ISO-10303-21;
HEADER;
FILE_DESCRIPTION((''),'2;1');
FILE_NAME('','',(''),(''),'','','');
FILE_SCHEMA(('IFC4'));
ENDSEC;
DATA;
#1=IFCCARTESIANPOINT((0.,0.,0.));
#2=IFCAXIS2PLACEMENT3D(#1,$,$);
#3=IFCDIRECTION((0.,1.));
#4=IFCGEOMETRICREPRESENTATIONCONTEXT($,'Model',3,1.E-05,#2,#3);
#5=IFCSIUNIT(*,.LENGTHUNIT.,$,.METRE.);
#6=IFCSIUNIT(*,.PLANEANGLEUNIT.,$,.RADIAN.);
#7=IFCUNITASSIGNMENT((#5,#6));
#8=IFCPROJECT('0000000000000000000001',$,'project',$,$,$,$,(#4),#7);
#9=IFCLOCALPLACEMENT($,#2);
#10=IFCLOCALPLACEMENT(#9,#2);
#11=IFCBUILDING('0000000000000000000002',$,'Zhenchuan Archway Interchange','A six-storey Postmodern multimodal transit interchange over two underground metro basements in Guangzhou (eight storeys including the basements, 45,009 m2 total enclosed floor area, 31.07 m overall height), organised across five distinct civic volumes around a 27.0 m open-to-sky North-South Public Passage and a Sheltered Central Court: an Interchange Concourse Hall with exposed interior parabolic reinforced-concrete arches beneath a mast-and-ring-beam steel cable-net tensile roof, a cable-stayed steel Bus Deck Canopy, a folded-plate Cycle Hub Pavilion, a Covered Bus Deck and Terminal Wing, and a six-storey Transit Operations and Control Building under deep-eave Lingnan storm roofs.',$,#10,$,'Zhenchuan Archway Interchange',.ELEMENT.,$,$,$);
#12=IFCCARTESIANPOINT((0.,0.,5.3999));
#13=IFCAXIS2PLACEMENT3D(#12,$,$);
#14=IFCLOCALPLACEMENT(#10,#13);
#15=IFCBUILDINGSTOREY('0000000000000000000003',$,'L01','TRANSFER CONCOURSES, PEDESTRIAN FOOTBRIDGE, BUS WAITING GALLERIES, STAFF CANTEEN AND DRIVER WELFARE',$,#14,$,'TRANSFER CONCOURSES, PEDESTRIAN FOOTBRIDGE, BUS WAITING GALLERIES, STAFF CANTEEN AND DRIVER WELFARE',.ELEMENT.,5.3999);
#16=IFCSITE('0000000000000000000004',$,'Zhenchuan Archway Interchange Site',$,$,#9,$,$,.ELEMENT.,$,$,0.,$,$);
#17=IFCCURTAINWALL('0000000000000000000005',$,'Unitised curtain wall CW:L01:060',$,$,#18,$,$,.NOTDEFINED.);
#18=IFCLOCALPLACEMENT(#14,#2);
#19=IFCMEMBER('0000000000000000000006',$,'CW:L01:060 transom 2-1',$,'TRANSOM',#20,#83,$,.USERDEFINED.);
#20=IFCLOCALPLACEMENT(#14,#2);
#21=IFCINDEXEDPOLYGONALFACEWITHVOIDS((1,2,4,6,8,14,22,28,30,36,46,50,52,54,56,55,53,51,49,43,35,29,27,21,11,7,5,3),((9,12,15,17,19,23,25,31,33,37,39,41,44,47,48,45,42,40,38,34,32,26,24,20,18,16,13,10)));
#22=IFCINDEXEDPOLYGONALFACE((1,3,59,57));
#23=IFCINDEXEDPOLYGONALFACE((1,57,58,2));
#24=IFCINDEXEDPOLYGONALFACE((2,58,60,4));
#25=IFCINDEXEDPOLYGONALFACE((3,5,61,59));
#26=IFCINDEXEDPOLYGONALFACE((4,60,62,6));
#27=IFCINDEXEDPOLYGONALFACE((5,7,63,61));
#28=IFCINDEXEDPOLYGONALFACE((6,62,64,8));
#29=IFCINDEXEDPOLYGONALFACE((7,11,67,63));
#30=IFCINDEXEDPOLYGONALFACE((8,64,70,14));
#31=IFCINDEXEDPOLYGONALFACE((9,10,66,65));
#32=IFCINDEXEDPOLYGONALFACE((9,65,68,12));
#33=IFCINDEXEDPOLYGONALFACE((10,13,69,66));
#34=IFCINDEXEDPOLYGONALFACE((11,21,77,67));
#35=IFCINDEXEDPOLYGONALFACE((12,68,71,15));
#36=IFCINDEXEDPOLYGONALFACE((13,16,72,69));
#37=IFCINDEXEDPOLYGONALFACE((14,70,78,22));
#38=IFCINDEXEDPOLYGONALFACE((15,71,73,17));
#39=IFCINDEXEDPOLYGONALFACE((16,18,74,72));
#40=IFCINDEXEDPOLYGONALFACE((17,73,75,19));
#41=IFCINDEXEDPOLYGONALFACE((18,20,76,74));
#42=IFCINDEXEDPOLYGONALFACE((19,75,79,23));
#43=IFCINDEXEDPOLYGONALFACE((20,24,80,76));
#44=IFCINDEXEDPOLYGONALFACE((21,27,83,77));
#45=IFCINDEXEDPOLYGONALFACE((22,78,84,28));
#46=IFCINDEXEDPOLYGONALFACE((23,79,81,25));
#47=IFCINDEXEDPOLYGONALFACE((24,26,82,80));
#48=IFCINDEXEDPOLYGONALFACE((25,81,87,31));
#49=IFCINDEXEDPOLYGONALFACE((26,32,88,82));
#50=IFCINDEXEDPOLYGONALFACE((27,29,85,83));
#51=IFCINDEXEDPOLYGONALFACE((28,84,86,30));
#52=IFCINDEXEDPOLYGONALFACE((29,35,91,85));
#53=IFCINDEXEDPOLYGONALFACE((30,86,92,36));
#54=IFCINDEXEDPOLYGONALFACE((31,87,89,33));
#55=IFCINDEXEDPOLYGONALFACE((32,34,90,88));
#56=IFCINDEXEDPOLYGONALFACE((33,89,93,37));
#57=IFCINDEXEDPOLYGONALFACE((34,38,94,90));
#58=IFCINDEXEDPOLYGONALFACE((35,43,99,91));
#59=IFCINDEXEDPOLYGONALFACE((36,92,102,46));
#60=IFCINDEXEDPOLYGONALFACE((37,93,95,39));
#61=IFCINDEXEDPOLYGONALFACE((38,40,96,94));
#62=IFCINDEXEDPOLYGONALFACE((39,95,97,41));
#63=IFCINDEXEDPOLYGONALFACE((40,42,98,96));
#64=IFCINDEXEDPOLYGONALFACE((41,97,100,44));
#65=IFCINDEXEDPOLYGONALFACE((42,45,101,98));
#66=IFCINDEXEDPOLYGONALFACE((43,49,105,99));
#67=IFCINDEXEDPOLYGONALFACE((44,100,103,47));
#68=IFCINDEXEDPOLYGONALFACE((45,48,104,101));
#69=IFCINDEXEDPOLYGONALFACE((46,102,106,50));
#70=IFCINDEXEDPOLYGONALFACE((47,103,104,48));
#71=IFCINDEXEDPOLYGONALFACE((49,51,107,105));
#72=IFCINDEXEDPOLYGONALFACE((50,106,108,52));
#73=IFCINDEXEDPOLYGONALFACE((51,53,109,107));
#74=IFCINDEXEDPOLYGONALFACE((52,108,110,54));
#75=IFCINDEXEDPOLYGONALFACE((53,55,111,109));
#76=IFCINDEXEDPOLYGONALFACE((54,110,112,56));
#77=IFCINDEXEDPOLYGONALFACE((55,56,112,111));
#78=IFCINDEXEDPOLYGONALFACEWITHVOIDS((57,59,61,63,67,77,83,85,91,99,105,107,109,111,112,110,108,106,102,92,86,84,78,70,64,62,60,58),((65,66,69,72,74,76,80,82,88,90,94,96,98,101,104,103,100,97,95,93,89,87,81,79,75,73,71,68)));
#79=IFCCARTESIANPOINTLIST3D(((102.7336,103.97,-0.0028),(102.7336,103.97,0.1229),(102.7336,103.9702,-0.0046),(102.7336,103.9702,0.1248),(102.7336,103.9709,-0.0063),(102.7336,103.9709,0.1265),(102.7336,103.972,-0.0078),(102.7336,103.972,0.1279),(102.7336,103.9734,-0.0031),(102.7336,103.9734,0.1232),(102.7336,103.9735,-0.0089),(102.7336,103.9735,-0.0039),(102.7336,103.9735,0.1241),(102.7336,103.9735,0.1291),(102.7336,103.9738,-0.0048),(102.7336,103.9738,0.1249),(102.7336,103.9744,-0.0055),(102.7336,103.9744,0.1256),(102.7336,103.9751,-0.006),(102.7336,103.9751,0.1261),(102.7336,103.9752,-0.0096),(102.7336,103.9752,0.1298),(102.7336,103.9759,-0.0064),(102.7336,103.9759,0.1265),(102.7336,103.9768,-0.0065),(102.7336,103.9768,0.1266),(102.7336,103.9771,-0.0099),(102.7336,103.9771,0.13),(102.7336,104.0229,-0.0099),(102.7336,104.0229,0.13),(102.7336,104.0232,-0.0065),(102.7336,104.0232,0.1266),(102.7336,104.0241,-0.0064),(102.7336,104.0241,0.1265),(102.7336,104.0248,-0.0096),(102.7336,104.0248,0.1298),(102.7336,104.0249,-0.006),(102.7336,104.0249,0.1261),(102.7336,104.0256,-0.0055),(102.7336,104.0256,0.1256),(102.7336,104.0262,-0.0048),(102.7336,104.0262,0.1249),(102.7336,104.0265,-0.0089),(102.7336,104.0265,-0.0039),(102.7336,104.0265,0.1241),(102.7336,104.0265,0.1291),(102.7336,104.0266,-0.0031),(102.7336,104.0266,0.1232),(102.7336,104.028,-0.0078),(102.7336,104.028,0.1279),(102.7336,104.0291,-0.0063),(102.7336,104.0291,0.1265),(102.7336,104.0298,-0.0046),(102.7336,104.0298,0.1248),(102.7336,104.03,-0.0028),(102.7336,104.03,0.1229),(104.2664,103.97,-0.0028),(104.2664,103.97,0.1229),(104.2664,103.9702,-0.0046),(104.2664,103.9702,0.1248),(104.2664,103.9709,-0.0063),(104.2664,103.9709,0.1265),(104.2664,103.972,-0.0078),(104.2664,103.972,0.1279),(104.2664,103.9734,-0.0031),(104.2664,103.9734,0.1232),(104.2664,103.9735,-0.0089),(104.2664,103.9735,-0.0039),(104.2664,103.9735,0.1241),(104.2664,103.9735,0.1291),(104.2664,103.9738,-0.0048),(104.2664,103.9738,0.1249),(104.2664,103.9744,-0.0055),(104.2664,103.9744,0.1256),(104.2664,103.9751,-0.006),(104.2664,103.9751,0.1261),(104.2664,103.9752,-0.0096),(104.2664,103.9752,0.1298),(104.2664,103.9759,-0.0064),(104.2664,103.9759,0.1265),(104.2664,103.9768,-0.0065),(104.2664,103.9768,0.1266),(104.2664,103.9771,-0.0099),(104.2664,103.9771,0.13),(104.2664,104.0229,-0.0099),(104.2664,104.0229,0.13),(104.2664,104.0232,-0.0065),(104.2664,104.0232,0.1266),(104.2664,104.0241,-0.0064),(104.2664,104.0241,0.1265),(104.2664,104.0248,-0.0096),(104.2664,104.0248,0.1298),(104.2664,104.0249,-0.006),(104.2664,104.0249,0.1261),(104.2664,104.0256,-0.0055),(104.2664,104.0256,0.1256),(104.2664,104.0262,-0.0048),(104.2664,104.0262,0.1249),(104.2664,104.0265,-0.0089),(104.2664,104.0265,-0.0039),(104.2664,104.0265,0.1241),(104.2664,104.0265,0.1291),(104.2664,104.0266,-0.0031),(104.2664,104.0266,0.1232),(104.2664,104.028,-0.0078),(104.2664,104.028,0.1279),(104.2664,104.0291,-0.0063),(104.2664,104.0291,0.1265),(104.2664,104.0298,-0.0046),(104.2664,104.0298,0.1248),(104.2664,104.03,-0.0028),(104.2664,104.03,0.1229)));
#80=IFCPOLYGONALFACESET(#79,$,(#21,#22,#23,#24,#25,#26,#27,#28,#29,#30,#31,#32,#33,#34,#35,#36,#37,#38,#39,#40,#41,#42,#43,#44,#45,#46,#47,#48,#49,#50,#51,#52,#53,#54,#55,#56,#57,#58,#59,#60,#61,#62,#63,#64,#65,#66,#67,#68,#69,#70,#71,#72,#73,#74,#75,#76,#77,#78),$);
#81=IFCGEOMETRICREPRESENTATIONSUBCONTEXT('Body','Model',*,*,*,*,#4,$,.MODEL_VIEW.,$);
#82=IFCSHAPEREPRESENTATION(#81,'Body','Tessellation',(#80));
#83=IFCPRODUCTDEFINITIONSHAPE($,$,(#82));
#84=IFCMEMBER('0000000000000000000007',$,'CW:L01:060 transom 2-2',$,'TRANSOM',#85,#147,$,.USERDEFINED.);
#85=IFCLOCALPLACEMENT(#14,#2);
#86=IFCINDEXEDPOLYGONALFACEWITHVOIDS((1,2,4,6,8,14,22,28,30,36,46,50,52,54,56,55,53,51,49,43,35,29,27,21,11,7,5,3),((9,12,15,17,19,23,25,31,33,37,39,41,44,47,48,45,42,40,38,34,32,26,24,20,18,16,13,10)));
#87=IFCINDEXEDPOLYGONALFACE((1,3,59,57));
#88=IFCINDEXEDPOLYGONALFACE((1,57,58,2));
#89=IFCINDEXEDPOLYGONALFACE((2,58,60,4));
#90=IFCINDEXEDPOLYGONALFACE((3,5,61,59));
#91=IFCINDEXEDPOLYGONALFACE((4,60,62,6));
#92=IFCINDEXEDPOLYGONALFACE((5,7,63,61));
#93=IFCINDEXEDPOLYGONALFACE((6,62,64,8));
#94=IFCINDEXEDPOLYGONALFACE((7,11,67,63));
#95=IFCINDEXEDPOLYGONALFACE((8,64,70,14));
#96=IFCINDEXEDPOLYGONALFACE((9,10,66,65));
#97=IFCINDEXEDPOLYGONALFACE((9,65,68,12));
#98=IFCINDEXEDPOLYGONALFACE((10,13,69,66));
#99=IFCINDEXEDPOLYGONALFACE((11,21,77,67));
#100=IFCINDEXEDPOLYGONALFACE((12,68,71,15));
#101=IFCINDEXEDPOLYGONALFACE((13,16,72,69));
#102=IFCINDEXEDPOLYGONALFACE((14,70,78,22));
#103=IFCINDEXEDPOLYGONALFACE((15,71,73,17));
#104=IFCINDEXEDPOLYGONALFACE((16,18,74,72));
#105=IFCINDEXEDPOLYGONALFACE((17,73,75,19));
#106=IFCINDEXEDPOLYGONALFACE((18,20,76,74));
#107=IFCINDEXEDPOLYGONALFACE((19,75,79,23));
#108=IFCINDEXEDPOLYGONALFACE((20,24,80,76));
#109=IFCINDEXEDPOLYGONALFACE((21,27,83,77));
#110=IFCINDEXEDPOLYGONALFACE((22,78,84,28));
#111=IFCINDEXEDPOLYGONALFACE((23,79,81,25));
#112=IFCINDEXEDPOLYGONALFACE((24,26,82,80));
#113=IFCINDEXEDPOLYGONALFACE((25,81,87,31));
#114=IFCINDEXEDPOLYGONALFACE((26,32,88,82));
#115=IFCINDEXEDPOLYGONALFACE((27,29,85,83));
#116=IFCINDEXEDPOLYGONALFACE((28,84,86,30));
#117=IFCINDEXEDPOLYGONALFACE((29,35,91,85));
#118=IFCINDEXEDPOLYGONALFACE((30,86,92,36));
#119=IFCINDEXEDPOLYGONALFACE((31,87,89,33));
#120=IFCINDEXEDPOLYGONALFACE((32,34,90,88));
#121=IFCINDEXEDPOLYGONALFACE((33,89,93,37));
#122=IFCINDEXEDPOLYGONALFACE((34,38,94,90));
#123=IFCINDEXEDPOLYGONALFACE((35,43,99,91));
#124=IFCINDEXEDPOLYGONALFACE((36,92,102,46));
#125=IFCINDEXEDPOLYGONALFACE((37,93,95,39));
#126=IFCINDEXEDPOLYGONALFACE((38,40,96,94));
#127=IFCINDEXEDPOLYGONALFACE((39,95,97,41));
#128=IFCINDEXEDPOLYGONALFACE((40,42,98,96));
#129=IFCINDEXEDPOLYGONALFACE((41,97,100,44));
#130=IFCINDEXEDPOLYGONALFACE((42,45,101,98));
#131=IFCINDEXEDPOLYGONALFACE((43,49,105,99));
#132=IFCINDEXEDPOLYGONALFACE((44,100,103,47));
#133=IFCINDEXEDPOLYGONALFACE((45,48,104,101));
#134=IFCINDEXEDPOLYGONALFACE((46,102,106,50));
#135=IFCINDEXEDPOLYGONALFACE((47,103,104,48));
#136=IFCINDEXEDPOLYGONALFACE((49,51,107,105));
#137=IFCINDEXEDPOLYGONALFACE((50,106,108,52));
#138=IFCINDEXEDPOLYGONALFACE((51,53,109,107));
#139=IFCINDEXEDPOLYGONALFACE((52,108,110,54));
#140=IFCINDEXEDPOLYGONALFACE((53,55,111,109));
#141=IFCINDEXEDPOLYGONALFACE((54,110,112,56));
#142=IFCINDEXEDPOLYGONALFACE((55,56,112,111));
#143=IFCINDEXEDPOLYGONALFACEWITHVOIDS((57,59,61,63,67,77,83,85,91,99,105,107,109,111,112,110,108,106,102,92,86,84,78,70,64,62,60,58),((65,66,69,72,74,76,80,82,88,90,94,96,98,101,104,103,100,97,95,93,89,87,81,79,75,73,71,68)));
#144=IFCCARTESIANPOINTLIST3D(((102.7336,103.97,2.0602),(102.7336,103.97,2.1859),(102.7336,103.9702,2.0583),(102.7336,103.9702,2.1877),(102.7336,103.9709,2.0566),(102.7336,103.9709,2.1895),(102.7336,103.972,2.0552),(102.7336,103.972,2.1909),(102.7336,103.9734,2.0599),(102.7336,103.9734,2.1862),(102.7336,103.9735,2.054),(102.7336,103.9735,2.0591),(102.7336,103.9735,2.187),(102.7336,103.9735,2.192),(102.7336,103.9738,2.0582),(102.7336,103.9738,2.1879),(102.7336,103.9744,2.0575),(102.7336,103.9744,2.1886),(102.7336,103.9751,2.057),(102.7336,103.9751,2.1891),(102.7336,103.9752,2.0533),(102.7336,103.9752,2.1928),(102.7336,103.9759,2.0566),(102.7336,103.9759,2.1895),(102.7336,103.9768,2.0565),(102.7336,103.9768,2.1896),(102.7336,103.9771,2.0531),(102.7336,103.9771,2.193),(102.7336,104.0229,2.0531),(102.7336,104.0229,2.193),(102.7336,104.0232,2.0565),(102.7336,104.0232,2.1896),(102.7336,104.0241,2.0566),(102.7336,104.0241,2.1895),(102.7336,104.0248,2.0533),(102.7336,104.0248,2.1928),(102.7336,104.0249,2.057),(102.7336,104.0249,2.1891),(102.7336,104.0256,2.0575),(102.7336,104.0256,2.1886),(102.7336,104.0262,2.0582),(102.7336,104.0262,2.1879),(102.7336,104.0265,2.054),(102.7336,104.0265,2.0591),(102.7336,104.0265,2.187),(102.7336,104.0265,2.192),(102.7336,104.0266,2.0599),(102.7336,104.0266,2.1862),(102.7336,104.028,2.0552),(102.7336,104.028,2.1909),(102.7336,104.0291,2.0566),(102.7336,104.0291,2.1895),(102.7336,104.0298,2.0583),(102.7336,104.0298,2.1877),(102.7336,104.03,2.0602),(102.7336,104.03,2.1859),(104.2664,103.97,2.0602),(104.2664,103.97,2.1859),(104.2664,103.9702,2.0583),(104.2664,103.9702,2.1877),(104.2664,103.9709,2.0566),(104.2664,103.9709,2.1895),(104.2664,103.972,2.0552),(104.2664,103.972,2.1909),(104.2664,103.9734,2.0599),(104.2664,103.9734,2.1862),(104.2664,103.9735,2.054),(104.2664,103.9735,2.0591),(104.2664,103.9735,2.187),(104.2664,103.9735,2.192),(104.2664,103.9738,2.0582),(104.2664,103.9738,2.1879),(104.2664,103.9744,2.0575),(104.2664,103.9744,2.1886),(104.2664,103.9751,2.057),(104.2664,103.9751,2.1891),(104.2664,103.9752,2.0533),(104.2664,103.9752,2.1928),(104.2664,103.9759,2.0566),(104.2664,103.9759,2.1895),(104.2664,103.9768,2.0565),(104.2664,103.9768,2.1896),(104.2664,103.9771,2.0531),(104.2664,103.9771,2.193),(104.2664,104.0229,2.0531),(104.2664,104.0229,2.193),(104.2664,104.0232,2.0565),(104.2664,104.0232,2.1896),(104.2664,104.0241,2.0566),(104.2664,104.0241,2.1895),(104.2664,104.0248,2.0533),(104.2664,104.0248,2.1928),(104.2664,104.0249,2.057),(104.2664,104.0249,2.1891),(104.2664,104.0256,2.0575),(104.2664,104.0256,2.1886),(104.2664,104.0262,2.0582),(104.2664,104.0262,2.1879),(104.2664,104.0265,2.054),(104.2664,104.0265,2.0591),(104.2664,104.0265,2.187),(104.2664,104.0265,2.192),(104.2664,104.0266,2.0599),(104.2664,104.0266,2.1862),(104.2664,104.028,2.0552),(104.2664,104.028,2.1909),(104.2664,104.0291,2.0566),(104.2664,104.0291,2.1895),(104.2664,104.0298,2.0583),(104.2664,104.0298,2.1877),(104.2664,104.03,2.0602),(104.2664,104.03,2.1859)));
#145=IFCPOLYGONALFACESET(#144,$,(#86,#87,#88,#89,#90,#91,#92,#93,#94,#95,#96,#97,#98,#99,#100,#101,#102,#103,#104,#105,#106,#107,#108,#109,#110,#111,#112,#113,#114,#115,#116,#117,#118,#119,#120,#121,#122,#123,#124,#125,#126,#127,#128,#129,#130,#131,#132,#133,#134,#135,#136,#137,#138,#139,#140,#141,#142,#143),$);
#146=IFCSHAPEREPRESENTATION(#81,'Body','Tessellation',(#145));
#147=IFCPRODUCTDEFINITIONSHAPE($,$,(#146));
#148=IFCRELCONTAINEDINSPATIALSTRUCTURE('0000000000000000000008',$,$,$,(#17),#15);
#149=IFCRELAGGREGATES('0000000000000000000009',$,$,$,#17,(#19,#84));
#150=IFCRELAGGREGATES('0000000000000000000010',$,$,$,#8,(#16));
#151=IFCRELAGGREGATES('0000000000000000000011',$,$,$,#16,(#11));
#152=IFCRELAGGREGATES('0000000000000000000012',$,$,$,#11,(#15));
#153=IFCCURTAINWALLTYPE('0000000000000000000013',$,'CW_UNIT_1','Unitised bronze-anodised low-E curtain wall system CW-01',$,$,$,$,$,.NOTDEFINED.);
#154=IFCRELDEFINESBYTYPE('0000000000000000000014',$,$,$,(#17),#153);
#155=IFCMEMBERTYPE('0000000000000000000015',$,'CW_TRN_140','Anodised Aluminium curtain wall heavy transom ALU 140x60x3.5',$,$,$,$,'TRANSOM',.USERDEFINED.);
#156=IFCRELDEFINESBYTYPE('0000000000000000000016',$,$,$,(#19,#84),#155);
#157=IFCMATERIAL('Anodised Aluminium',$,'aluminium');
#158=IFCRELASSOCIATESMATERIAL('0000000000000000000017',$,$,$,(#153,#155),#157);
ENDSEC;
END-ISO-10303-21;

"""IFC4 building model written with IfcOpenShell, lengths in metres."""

from ifc_helpers import new_model, si_unit, direction, frame, origin, origin_2d, place, context, subcontext, project, spatial, hollow_rectangle, extrude, material, material_profile, profile_set, type_object, element, aggregate, save


model = new_model("IFC4")

# Units and contexts
model_context = context("Model", 3, precision=1e-05, world=origin(), true_north=direction((0.0, 1.0)))
body_context = subcontext(model_context, "Body", "Model", "MODEL_VIEW")
ifc_project = project(units=[si_unit("LENGTHUNIT", "METRE"), si_unit("PLANEANGLEUNIT", "RADIAN")], contexts=[model_context])

# Site, building, storey
site_placement = place(None, origin())
site = spatial("IfcSite", under=ifc_project, at=site_placement, Name="Zhenchuan Archway Interchange Site", CompositionType="ELEMENT", RefElevation=0.0)
building_placement = place(site_placement, origin())
building = spatial("IfcBuilding", under=site, at=building_placement, Name="Zhenchuan Archway Interchange", Description="A six-storey Postmodern multimodal transit interchange over two underground metro basements in Guangzhou (eight storeys including the basements, 45,009 m2 total enclosed floor area, 31.07 m overall height), organised across five distinct civic volumes around a 27.0 m open-to-sky North-South Public Passage and a Sheltered Central Court: an Interchange Concourse Hall with exposed interior parabolic reinforced-concrete arches beneath a mast-and-ring-beam steel cable-net tensile roof, a cable-stayed steel Bus Deck Canopy, a folded-plate Cycle Hub Pavilion, a Covered Bus Deck and Terminal Wing, and a six-storey Transit Operations and Control Building under deep-eave Lingnan storm roofs.", LongName="Zhenchuan Archway Interchange", CompositionType="ELEMENT")
storey_placement = place(building_placement, frame((0.0, 0.0, 5.3999)))
storey = spatial("IfcBuildingStorey", under=building, at=storey_placement, Name="L01", Description="TRANSFER CONCOURSES, PEDESTRIAN FOOTBRIDGE, BUS WAITING GALLERIES, STAFF CANTEEN AND DRIVER WELFARE", LongName="TRANSFER CONCOURSES, PEDESTRIAN FOOTBRIDGE, BUS WAITING GALLERIES, STAFF CANTEEN AND DRIVER WELFARE", CompositionType="ELEMENT", Elevation=5.3999)

# Curtain wall, members
ifc_material_1 = material(Name="Anodised Aluminium", Category="aluminium")
curtain_wall_type = type_object("IfcCurtainWallType", Name="CW_UNIT_1", Description="Unitised bronze-anodised low-E curtain wall system CW-01", PredefinedType="NOTDEFINED", material=ifc_material_1)
curtain_wall_placement = place(storey_placement, origin())
curtain_wall = element("IfcCurtainWall", 1, at=curtain_wall_placement, inside=storey, type_object=curtain_wall_type, Name="Unitised curtain wall CW:L01:060", PredefinedType="NOTDEFINED")
ifc_material_profile_1 = material_profile(ifc_material_1, hollow_rectangle(XDim=0.0601, YDim=0.1399, WallThickness=0.0034, InnerFilletRadius=0.0034, OuterFilletRadius=0.0071, at=origin_2d()), Name="ALU 140x60x3.5")
ifc_profile_set_1 = profile_set([ifc_material_profile_1], Name="Anodised Aluminium")
member_type_1 = type_object("IfcMemberType", Name="CW_TRN_140", Description="Anodised Aluminium curtain wall heavy transom ALU 140x60x3.5", ElementType="TRANSOM", PredefinedType="USERDEFINED", material=ifc_profile_set_1)
member_1_placement = place(storey_placement, frame((102.7336, 104.0, 0.0601), z_axis=(1.0, 0.0, 0.0), x_axis=(0.0, 1.0, 0.0)))
member_1 = element("IfcMember", 2, at=member_1_placement, type_object=member_type_1, Name="CW:L01:060 transom 2-1", ObjectType="TRANSOM", PredefinedType="USERDEFINED", context=body_context, shape_type="SweptSolid", body=[
    extrude(hollow_rectangle(XDim=0.0601, YDim=0.1399, WallThickness=0.0034, InnerFilletRadius=0.0034, OuterFilletRadius=0.0071, at=origin_2d()), origin(), (0.0, 0.0, 1.0), 1.5327),
])
member_2_placement = place(storey_placement, frame((102.7336, 104.0, 2.123), z_axis=(1.0, 0.0, 0.0), x_axis=(0.0, 1.0, 0.0)))
member_2 = element("IfcMember", 3, at=member_2_placement, type_object=member_type_1, Name="CW:L01:060 transom 2-2", ObjectType="TRANSOM", PredefinedType="USERDEFINED", context=body_context, shape_type="SweptSolid", body=[
    extrude(hollow_rectangle(XDim=0.0601, YDim=0.1399, WallThickness=0.0034, InnerFilletRadius=0.0034, OuterFilletRadius=0.0071, at=origin_2d()), origin(), (0.0, 0.0, 1.0), 1.5327),
])
aggregate(curtain_wall, [member_1, member_2])

save(model, "model.ifc")
